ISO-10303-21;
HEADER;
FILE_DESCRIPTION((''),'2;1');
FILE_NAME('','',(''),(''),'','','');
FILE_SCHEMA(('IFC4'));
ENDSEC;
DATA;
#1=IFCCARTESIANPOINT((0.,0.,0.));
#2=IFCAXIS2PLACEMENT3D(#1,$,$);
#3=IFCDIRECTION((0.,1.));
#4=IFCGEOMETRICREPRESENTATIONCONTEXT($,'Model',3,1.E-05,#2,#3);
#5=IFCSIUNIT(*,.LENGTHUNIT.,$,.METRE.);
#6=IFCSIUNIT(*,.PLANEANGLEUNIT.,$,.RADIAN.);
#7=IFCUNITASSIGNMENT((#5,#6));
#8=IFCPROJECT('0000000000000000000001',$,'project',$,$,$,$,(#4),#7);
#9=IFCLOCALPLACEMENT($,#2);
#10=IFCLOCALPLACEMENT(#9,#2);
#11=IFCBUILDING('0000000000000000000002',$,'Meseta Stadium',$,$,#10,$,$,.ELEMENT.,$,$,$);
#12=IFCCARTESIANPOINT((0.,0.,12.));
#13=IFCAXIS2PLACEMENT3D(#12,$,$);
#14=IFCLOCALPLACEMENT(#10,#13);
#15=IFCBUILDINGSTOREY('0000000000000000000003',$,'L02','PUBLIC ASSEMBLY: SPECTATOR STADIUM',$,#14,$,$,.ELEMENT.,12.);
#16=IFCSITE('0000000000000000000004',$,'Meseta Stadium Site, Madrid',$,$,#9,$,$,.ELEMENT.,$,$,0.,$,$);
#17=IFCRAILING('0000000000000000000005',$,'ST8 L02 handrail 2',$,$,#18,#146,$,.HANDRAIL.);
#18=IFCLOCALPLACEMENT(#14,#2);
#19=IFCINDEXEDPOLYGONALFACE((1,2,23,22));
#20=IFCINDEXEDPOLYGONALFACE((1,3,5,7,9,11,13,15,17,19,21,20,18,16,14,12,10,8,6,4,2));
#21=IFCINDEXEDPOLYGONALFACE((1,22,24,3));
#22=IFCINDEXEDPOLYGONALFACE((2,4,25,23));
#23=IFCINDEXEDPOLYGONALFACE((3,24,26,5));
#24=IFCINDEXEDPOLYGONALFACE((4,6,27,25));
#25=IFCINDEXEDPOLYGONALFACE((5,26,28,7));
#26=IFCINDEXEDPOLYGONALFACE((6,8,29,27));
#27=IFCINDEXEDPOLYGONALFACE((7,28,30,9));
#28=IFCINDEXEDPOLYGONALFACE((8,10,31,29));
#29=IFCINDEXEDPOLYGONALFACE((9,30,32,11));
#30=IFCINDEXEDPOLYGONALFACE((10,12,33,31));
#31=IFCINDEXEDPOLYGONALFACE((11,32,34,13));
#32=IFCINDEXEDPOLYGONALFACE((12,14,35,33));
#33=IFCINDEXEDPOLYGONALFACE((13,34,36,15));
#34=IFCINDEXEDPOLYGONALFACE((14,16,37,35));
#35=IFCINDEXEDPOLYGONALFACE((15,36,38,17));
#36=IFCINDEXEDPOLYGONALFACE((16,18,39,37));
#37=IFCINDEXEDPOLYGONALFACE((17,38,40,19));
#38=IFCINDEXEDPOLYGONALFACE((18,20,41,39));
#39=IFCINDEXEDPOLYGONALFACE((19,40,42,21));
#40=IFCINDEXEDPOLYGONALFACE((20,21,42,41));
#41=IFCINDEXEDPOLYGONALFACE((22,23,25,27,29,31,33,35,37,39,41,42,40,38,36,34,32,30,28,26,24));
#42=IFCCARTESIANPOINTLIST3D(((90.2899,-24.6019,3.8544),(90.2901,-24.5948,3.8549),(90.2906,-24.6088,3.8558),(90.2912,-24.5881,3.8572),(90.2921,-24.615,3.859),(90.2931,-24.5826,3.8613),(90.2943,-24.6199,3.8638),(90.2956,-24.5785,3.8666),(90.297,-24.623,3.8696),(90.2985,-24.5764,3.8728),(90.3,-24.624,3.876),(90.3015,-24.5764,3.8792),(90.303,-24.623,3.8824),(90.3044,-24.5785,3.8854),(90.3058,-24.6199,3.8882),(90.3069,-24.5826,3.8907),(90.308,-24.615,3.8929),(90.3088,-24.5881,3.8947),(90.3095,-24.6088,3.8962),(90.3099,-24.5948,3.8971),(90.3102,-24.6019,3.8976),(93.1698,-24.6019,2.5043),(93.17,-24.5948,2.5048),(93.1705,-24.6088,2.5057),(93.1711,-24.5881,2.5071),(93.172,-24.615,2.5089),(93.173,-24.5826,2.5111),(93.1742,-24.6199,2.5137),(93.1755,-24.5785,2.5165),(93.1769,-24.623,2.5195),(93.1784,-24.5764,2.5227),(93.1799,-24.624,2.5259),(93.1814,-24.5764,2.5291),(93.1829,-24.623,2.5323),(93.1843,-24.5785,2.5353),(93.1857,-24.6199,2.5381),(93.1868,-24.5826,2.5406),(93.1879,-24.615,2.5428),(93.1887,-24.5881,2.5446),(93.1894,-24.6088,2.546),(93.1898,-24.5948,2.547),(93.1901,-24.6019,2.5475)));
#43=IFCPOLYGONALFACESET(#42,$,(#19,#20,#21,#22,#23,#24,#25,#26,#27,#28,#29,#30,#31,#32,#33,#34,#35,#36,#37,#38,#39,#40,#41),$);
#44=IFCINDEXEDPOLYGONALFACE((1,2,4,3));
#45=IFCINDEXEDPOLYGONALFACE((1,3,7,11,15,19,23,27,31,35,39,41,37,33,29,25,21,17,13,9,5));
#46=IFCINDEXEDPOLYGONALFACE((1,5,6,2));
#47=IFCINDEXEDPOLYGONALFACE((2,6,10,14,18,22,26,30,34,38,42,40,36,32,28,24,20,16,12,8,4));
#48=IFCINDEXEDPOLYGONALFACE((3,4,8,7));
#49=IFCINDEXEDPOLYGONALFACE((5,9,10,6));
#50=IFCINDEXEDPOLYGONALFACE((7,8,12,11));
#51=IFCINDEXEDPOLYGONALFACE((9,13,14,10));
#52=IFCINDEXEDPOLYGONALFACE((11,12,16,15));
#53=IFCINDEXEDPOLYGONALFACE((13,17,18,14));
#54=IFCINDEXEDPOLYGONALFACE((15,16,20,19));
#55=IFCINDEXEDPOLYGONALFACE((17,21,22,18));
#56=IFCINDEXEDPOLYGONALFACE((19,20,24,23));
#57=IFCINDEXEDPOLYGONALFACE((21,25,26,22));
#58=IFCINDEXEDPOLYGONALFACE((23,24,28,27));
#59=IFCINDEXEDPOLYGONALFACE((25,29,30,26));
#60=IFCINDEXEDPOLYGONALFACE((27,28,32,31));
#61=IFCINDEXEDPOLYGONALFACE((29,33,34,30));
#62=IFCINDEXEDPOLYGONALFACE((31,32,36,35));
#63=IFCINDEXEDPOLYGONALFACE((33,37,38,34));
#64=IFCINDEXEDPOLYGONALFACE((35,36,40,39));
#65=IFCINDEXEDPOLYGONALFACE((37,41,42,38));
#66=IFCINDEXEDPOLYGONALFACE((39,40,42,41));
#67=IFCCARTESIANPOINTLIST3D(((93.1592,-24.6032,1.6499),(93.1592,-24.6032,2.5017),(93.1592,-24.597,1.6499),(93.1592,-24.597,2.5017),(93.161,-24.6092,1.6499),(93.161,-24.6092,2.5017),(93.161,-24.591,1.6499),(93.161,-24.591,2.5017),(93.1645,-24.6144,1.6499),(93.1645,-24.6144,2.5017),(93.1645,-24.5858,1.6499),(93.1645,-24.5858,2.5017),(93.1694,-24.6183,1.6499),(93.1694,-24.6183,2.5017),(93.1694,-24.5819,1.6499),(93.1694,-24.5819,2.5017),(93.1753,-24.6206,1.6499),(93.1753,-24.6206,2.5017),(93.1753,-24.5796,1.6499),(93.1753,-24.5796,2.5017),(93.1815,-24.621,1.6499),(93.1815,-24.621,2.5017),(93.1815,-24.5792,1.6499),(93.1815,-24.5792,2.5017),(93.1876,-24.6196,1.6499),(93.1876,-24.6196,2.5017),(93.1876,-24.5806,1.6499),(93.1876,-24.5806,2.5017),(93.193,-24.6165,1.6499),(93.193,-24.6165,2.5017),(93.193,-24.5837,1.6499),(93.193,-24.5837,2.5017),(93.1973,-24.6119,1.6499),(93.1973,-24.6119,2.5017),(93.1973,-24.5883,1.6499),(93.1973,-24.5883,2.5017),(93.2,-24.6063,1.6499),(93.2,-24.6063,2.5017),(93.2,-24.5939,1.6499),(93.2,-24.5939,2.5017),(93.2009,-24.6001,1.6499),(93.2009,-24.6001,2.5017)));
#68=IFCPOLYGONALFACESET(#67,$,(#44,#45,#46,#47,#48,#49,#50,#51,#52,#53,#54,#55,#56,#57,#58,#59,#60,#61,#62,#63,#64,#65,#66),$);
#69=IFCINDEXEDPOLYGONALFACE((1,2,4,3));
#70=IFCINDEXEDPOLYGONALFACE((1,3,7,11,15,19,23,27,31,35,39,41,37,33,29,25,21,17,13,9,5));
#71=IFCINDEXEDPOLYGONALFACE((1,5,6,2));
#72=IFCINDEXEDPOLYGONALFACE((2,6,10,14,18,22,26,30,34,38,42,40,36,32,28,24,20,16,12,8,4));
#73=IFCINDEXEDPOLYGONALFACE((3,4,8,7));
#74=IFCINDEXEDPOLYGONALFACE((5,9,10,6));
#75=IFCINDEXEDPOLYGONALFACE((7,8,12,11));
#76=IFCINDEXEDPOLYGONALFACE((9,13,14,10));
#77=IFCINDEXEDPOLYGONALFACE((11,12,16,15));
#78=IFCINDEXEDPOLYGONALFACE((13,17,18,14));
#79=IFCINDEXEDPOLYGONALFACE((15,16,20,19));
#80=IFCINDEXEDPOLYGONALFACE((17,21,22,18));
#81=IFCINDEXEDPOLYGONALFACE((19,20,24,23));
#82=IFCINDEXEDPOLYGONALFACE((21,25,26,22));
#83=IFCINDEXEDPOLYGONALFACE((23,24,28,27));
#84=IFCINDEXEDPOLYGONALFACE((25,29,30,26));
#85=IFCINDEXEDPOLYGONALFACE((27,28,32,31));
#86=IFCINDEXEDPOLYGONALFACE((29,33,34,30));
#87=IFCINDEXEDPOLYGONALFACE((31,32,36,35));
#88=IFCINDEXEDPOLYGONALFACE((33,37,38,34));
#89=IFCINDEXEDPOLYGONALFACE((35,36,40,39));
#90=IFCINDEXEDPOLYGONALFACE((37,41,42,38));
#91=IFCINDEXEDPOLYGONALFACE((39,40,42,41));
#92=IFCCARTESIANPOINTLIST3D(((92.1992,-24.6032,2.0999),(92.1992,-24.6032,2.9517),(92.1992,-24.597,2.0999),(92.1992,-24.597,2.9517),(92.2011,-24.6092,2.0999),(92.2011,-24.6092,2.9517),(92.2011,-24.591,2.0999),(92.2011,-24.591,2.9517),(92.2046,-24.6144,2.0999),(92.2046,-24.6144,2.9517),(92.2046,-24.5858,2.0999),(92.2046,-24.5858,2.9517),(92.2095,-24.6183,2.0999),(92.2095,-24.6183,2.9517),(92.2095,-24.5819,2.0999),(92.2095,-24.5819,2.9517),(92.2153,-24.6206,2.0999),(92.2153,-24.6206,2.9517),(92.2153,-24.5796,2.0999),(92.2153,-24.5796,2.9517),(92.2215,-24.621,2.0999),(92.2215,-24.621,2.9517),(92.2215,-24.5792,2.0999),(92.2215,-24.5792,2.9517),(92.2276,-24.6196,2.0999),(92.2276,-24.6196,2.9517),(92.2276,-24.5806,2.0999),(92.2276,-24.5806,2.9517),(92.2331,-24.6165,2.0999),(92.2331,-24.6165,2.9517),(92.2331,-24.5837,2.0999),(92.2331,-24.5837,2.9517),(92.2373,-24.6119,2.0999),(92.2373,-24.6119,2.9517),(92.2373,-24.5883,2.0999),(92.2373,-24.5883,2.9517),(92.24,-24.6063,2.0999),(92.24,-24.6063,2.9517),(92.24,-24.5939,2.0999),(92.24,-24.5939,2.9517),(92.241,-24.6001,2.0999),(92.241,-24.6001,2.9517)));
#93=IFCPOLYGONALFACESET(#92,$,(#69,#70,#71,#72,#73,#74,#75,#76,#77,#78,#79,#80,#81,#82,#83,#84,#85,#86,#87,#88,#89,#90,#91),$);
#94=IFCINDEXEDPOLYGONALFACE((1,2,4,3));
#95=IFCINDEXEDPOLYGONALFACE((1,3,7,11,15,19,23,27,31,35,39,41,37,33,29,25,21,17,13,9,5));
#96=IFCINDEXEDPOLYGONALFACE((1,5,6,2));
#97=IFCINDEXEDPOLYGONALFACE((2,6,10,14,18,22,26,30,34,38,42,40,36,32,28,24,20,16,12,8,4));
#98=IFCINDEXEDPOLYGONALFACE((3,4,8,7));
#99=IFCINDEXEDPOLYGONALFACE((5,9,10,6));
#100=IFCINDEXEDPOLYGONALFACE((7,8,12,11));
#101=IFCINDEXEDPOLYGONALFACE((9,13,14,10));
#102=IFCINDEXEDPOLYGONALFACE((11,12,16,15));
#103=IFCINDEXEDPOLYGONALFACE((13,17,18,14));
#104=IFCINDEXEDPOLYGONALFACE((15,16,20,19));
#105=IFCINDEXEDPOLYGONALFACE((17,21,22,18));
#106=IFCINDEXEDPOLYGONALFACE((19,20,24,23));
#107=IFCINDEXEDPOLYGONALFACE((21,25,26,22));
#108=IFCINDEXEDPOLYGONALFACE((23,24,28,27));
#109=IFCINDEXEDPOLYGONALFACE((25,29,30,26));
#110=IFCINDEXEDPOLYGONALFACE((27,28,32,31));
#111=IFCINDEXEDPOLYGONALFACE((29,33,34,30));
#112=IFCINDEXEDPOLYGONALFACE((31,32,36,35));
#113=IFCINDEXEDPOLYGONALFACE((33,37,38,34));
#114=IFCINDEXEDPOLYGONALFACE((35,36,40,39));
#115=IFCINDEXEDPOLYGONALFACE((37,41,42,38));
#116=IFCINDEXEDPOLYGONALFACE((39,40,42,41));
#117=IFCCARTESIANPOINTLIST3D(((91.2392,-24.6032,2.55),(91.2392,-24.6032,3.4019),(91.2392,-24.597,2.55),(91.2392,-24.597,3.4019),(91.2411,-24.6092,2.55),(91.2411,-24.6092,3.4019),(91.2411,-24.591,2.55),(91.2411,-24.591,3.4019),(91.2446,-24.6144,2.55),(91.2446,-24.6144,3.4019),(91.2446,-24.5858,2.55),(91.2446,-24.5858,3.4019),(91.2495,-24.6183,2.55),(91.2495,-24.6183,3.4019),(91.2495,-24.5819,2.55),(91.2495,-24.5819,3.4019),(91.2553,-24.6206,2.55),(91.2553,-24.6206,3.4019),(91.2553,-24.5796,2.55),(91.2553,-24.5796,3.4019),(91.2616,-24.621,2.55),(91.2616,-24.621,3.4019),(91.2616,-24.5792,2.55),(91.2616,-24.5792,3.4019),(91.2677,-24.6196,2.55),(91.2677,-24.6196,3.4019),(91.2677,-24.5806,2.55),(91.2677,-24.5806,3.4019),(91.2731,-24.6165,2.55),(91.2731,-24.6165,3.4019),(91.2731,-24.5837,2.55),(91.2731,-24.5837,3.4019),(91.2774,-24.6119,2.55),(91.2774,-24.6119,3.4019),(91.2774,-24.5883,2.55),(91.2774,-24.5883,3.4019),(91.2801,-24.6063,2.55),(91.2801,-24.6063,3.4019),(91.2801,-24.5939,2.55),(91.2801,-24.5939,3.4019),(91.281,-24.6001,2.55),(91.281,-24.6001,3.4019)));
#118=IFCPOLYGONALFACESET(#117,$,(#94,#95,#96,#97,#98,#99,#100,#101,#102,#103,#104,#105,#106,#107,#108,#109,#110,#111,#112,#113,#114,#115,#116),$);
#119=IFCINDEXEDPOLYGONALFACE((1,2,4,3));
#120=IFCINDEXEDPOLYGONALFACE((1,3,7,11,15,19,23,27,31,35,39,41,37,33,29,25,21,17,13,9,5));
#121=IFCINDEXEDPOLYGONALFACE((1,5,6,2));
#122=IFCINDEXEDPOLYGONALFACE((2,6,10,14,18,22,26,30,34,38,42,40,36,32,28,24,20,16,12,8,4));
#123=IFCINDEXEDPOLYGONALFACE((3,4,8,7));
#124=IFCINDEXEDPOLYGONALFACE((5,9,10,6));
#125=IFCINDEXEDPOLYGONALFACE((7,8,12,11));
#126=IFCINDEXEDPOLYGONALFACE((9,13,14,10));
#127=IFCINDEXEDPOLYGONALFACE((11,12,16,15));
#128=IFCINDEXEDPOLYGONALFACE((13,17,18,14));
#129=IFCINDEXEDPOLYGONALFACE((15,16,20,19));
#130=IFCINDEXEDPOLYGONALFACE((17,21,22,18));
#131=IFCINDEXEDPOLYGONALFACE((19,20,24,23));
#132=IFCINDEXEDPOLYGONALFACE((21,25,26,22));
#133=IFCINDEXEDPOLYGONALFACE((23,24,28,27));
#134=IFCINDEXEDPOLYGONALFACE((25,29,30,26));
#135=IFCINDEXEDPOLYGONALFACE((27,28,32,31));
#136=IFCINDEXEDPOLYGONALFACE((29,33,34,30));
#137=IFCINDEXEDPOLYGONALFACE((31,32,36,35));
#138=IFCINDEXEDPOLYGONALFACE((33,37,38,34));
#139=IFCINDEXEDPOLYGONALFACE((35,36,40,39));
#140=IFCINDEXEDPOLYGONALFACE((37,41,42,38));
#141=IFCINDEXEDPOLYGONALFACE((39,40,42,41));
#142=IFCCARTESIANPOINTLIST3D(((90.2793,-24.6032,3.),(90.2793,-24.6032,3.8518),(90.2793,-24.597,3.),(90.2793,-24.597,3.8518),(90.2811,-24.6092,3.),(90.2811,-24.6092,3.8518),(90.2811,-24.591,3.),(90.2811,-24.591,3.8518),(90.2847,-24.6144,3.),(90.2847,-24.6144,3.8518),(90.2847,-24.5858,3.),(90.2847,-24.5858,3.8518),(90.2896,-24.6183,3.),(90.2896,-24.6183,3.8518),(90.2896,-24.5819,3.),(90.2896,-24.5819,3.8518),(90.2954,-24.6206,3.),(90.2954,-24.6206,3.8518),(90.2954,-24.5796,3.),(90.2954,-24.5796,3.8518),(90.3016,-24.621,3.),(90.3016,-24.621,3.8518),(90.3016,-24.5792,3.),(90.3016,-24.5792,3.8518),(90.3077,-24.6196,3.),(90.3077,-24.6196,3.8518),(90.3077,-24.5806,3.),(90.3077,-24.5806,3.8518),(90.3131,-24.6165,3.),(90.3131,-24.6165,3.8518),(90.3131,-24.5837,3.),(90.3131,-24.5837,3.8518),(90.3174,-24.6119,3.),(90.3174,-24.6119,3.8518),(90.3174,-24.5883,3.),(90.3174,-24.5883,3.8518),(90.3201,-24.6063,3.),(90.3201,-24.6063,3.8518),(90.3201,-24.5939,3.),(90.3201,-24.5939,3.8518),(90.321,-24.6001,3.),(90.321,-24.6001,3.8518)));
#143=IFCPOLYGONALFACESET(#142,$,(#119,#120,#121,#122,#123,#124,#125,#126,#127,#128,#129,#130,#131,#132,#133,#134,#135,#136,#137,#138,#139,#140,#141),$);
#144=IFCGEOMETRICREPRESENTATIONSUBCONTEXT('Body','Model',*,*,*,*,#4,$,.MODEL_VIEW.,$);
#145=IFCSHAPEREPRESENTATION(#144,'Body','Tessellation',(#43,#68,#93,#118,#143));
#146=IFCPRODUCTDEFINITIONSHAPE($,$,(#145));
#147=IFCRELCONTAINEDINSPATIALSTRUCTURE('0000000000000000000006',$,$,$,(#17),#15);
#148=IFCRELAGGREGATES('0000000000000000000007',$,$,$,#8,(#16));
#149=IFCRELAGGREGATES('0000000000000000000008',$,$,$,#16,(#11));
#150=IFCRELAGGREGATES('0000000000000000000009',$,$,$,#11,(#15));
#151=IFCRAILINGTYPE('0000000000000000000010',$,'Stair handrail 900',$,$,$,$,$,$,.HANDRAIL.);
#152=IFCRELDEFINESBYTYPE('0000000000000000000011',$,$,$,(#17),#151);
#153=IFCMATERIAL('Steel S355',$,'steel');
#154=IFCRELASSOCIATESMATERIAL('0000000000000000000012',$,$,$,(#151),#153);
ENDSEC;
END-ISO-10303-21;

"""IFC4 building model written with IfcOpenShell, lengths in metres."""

from ifc_helpers import new_model, si_unit, direction, frame, origin, origin_2d, place, context, subcontext, project, spatial, circle, extrude, material, type_object, element, save


model = new_model("IFC4")

# Units and contexts
model_context = context("Model", 3, precision=1e-05, world=origin(), true_north=direction((0.0, 1.0)))
body_context = subcontext(model_context, "Body", "Model", "MODEL_VIEW")
ifc_project = project(units=[si_unit("LENGTHUNIT", "METRE"), si_unit("PLANEANGLEUNIT", "RADIAN")], contexts=[model_context])

# Site, building, storey
site_placement = place(None, origin())
site = spatial("IfcSite", under=ifc_project, at=site_placement, Name="Meseta Stadium Site, Madrid", CompositionType="ELEMENT", RefElevation=0.0)
building_placement = place(site_placement, origin())
building = spatial("IfcBuilding", under=site, at=building_placement, Name="Meseta Stadium", CompositionType="ELEMENT")
storey_placement = place(building_placement, frame((0.0, 0.0, 12.0)))
storey = spatial("IfcBuildingStorey", under=building, at=storey_placement, Name="L02", Description="PUBLIC ASSEMBLY: SPECTATOR STADIUM", CompositionType="ELEMENT", Elevation=12.0)

# Railing
ifc_material_1 = material(Name="Steel S355", Category="steel")
railing_type_1 = type_object("IfcRailingType", Name="Stair handrail 900", PredefinedType="HANDRAIL", material=ifc_material_1)
railing_1_placement = place(storey_placement, frame((93.1799, -24.6001, 1.6499)))
element("IfcRailing", 1, at=railing_1_placement, inside=storey, type_object=railing_type_1, Name="ST8 L02 handrail 2", PredefinedType="HANDRAIL", context=body_context, shape_type="SweptSolid", body=[
    extrude(circle(Radius=0.0239, at=origin_2d()), frame((0.0, 0.0, 0.876), z_axis=(-0.90544, 0.0, 0.424473), x_axis=(0.0, -1.0, 0.0)), (0.0, 0.0, 1.0), 3.1807),
    extrude(circle(Radius=0.021, at=origin_2d()), origin(), (0.0, 0.0, 1.0), 0.8518),
    extrude(circle(Radius=0.021, at=origin_2d()), frame((-0.96, 0.0, 0.45)), (0.0, 0.0, 1.0), 0.8518),
    extrude(circle(Radius=0.021, at=origin_2d()), frame((-1.9199, 0.0, 0.9001)), (0.0, 0.0, 1.0), 0.8518),
    extrude(circle(Radius=0.021, at=origin_2d()), frame((-2.8799, 0.0, 1.3501)), (0.0, 0.0, 1.0), 0.8518),
])

save(model, "model.ifc")
